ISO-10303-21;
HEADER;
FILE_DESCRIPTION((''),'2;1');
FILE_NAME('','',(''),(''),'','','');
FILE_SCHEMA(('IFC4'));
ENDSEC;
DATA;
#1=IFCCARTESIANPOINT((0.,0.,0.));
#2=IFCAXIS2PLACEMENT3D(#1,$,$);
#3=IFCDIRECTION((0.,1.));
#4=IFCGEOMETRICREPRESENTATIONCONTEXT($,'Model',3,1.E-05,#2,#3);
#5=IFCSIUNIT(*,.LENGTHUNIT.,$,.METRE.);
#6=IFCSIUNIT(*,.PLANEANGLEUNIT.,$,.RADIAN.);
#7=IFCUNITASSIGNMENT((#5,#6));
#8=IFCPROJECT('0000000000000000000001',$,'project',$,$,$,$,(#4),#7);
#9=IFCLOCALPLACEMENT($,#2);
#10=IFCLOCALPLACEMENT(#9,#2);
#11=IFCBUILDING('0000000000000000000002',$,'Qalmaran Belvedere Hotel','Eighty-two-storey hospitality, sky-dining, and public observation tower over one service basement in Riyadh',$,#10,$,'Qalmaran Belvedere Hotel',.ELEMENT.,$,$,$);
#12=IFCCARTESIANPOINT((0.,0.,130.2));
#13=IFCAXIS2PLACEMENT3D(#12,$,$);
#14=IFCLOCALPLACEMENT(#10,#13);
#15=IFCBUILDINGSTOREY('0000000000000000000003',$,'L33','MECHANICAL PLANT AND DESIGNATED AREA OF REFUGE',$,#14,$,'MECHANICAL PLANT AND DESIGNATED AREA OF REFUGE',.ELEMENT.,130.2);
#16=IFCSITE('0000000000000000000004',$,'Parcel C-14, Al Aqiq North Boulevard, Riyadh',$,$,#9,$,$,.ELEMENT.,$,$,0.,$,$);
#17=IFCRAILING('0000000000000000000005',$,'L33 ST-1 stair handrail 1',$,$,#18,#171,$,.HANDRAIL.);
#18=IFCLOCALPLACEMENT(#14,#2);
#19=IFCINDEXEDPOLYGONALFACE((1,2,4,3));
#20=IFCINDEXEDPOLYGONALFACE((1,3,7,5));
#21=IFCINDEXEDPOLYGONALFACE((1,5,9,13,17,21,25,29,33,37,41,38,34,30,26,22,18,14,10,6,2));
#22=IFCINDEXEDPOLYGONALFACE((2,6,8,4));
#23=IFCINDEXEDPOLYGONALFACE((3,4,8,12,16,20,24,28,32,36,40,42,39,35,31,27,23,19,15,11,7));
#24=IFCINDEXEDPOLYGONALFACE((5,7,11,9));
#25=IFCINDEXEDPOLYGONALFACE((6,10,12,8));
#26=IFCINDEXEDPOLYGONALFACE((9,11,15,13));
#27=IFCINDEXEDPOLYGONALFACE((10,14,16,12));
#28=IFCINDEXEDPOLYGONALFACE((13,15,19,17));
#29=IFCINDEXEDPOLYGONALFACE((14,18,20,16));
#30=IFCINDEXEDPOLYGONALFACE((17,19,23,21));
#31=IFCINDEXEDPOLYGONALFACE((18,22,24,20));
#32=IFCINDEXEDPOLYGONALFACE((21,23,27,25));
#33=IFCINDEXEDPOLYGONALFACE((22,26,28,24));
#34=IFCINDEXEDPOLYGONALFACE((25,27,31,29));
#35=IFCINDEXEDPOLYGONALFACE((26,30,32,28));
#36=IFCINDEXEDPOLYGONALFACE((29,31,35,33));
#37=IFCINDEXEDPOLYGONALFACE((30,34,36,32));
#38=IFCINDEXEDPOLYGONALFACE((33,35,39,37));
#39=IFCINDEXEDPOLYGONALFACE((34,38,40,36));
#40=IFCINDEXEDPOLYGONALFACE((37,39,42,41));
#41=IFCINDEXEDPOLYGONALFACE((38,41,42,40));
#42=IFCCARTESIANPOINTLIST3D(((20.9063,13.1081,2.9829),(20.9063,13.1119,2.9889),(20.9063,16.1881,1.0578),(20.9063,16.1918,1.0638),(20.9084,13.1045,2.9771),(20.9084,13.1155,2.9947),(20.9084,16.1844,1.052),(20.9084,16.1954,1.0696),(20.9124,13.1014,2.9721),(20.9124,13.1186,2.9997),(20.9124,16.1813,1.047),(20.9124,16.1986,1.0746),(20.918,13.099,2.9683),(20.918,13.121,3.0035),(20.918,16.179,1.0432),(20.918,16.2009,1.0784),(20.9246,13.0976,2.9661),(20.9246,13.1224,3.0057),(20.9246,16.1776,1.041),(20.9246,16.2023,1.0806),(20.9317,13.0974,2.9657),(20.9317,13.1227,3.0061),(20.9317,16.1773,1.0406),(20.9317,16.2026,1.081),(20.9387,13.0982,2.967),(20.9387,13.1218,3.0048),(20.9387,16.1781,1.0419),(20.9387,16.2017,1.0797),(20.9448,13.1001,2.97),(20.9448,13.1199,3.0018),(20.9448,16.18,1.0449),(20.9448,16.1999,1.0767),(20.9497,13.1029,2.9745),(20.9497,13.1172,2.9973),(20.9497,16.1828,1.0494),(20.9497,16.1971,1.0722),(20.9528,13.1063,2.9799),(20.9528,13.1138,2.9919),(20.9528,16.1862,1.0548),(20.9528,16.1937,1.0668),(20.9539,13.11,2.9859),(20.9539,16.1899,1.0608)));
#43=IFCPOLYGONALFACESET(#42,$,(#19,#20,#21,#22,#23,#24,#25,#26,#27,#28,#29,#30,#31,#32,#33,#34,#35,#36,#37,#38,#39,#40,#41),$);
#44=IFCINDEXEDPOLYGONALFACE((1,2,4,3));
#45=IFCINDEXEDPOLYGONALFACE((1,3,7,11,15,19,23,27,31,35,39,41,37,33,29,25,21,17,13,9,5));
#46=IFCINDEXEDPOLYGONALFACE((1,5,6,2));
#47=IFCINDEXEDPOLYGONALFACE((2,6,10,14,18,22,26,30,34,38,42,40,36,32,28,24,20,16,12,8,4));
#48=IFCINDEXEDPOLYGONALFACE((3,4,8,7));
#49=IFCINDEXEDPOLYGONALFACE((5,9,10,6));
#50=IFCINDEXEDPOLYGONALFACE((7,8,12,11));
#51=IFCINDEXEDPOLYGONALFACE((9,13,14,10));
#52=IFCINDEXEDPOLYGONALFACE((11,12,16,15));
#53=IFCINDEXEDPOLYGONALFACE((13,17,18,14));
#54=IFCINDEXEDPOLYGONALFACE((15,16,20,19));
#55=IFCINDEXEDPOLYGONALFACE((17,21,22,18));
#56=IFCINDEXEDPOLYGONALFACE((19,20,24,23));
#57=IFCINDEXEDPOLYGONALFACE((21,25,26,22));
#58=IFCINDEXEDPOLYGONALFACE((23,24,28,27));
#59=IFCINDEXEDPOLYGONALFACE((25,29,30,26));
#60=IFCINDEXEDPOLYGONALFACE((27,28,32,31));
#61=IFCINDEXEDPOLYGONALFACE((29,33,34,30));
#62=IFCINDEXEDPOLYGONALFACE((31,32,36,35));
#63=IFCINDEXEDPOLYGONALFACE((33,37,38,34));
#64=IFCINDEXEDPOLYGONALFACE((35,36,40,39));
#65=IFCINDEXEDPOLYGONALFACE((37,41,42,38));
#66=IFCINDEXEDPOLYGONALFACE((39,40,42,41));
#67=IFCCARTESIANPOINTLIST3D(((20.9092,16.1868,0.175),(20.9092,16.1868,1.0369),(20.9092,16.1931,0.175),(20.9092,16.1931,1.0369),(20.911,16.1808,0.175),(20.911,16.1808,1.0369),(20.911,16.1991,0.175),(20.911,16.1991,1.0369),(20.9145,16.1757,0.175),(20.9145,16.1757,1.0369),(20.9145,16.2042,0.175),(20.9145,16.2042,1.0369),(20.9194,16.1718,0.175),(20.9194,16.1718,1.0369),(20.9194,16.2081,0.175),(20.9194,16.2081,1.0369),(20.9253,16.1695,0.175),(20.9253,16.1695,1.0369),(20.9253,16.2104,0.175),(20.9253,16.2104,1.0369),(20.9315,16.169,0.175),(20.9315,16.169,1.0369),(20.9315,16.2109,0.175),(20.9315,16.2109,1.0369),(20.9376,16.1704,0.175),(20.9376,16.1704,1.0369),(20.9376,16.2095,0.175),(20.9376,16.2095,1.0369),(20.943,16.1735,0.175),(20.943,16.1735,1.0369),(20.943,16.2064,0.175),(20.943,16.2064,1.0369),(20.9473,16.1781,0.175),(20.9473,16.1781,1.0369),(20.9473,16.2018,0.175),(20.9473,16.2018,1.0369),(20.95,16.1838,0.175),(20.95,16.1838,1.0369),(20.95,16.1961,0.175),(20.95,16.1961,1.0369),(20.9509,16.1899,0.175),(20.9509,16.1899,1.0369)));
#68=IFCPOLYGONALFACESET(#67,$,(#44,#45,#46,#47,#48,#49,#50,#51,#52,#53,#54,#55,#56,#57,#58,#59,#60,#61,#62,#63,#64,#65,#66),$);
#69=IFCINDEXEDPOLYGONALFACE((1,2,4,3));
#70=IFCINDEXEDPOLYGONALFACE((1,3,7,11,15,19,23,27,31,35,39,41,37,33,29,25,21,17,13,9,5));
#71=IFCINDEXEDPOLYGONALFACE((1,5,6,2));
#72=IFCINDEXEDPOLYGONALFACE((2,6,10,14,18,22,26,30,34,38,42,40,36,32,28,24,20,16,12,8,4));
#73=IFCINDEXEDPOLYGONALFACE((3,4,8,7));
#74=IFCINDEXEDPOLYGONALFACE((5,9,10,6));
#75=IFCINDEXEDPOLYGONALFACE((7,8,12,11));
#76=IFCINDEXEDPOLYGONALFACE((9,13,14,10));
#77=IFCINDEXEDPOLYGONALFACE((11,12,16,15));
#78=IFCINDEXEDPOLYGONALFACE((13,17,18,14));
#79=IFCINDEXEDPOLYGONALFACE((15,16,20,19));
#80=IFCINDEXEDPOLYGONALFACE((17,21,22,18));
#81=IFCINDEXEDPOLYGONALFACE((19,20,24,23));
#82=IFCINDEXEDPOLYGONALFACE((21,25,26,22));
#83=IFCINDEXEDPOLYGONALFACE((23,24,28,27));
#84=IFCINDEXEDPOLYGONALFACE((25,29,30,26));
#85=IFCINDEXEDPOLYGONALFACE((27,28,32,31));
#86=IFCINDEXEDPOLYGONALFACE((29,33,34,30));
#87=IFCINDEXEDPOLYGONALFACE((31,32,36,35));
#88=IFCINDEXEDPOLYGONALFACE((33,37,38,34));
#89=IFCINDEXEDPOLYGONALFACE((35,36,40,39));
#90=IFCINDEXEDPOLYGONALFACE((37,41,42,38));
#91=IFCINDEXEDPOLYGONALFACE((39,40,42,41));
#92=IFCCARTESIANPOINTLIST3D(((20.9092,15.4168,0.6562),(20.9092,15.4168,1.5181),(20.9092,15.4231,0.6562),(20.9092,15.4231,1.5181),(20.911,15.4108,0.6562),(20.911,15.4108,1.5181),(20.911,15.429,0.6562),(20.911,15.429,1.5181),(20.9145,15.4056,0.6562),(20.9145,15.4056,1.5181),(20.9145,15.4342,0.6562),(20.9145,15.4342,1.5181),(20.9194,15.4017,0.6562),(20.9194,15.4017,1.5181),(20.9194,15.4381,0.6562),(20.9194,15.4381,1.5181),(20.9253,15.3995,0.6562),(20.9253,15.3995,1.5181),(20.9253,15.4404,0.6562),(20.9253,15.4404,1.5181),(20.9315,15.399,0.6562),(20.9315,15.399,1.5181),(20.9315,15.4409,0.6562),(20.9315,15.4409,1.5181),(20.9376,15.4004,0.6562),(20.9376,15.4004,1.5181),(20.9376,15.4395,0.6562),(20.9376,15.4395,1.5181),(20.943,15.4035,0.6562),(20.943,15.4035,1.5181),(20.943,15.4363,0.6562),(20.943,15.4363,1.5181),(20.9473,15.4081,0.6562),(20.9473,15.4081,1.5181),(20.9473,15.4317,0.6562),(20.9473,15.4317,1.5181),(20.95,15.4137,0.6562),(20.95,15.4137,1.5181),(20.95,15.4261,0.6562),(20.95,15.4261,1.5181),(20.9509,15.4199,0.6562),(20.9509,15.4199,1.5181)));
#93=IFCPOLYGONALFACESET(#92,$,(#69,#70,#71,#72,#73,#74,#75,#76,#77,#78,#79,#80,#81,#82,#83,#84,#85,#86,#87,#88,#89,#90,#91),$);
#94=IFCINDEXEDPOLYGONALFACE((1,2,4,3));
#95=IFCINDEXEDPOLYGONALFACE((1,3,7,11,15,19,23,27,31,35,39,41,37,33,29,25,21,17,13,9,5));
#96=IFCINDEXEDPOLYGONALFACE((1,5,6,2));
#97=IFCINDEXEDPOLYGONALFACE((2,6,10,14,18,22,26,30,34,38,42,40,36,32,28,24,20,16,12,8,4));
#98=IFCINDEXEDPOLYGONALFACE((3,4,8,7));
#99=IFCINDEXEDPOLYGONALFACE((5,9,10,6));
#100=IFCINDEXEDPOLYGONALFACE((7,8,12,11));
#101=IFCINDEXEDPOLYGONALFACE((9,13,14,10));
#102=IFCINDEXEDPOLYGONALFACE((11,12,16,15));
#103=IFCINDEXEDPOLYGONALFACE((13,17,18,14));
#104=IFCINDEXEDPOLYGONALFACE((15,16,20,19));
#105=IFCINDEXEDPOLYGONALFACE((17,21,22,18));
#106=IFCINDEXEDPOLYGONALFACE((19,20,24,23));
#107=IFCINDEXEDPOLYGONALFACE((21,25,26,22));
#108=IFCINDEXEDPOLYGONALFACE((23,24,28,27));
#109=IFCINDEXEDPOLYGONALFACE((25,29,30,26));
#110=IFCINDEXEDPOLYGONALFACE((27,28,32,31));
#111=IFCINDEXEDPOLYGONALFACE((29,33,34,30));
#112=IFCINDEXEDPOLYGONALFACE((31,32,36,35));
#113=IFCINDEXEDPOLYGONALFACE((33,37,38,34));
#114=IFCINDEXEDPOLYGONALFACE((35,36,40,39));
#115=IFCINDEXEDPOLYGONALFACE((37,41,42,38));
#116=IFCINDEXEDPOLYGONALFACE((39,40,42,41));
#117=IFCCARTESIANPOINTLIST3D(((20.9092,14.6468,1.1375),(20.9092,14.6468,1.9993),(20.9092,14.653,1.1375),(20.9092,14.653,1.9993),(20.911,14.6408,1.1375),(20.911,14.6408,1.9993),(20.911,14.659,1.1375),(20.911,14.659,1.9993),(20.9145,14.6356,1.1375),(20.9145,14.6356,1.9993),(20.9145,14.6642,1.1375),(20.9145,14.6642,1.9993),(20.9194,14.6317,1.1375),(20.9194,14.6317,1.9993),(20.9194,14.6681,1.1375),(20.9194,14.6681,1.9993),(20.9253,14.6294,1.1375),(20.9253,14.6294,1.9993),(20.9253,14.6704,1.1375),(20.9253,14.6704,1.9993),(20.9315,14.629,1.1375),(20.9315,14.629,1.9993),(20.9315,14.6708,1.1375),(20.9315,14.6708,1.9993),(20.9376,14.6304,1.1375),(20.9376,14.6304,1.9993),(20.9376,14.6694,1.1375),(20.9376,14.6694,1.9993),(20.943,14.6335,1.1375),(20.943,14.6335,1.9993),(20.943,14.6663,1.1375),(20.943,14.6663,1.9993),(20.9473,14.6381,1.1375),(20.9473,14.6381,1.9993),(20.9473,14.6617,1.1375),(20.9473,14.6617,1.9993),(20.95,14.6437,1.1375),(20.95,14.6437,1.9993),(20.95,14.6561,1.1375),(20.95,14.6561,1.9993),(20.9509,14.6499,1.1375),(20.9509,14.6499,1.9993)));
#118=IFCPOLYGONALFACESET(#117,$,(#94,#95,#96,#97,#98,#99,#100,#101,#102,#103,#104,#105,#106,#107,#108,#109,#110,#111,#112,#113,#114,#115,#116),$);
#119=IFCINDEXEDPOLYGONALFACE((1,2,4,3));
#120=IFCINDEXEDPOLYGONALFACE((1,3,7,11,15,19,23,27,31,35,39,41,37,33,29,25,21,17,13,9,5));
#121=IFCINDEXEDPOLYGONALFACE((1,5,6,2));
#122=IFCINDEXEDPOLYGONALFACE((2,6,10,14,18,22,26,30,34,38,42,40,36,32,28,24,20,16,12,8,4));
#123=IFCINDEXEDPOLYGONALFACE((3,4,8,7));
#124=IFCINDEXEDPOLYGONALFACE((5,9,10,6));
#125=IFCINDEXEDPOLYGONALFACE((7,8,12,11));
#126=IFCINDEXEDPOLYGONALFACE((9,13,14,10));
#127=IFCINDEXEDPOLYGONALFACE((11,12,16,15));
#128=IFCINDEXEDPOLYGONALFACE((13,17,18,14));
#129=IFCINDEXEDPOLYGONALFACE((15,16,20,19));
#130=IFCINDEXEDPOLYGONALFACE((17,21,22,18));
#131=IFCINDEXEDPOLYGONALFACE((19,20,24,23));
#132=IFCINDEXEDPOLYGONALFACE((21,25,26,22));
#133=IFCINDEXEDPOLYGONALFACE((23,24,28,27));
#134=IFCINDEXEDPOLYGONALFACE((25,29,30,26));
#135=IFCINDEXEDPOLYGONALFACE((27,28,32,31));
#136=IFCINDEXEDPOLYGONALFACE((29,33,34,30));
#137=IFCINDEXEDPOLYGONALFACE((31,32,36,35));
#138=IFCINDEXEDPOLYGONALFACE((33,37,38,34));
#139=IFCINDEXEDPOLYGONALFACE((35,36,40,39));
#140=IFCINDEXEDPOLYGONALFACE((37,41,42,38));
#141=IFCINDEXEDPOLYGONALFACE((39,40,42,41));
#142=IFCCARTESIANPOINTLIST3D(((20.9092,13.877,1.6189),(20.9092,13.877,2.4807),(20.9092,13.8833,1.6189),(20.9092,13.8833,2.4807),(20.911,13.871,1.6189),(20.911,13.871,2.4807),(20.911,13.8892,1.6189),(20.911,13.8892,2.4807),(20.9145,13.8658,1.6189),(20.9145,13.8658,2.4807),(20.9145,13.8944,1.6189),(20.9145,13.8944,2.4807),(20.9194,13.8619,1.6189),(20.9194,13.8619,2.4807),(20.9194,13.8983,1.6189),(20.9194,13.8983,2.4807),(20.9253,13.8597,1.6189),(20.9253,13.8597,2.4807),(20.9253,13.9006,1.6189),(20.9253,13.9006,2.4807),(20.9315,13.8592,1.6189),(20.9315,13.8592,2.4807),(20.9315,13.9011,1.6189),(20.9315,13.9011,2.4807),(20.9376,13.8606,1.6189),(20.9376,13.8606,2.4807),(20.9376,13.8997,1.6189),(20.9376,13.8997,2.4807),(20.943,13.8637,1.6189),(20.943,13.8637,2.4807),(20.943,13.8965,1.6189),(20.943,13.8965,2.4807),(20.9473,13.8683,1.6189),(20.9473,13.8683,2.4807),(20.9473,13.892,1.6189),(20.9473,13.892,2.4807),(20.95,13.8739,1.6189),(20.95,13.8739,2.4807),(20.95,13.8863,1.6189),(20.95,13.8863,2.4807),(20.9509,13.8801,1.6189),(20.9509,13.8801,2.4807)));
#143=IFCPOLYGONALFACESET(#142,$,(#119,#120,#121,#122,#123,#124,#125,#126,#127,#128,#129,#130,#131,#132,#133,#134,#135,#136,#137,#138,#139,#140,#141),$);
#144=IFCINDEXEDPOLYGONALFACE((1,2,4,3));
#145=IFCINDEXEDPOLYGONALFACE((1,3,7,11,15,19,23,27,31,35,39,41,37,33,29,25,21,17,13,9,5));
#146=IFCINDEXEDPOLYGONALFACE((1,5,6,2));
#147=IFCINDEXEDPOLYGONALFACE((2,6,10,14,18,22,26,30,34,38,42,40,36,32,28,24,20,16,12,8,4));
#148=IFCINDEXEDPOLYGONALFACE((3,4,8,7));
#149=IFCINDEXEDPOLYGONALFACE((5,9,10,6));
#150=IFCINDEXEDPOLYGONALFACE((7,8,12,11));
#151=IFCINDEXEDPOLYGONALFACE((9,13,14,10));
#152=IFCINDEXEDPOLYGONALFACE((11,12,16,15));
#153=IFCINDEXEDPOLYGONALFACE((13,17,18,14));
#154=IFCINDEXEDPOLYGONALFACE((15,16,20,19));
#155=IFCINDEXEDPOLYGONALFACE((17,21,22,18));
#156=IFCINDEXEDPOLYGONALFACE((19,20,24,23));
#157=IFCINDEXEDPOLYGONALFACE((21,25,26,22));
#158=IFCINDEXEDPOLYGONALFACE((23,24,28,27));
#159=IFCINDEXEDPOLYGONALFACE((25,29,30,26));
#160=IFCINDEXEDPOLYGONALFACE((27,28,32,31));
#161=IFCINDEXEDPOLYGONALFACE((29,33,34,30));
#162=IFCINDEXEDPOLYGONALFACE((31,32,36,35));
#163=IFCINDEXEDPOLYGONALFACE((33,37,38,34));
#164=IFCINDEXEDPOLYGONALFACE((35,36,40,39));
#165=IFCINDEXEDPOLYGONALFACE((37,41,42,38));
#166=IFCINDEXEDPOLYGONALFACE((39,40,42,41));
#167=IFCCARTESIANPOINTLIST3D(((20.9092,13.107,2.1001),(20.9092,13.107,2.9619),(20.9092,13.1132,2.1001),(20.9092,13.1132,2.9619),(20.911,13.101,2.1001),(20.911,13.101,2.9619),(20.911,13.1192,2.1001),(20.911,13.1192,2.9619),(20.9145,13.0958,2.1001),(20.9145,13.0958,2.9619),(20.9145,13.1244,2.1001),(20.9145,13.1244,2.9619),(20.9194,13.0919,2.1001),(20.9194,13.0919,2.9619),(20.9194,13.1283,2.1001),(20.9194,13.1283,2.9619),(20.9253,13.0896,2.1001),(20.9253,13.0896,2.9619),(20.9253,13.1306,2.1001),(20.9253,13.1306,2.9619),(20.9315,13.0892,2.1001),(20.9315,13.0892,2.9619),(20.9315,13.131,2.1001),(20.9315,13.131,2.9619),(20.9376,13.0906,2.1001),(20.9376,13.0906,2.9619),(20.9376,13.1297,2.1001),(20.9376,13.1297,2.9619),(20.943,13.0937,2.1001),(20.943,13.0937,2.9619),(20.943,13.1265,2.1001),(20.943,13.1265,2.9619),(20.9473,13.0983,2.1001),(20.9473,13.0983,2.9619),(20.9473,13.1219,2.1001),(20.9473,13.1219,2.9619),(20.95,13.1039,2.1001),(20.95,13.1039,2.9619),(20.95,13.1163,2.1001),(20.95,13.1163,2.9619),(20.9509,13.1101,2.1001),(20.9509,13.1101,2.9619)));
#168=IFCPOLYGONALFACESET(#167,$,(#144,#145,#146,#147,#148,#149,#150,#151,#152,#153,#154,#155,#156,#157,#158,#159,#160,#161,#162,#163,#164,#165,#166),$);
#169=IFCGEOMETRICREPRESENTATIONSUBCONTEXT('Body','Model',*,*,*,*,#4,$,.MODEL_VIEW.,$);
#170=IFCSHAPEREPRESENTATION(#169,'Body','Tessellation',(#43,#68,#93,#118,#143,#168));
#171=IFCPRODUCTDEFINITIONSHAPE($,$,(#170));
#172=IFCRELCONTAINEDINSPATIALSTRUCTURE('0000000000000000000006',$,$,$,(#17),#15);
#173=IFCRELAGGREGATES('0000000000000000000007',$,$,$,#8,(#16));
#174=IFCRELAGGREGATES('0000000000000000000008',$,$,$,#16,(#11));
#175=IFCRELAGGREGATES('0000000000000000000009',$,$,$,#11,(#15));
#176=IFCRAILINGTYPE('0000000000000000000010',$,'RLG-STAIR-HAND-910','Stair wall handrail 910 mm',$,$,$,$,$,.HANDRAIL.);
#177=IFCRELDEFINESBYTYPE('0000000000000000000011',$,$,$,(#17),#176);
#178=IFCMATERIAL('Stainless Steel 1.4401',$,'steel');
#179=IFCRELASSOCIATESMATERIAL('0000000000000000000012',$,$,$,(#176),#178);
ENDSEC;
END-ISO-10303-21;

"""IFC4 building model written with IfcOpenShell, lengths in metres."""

from ifc_helpers import new_model, si_unit, direction, frame, origin, origin_2d, place, context, subcontext, project, spatial, circle, extrude, material, type_object, element, save


model = new_model("IFC4")

# Units and contexts
model_context = context("Model", 3, precision=1e-05, world=origin(), true_north=direction((0.0, 1.0)))
body_context = subcontext(model_context, "Body", "Model", "MODEL_VIEW")
ifc_project = project(units=[si_unit("LENGTHUNIT", "METRE"), si_unit("PLANEANGLEUNIT", "RADIAN")], contexts=[model_context])

# Site, building, storey
site_placement = place(None, origin())
site = spatial("IfcSite", under=ifc_project, at=site_placement, Name="Parcel C-14, Al Aqiq North Boulevard, Riyadh", CompositionType="ELEMENT", RefElevation=0.0)
building_placement = place(site_placement, origin())
building = spatial("IfcBuilding", under=site, at=building_placement, Name="Qalmaran Belvedere Hotel", Description="Eighty-two-storey hospitality, sky-dining, and public observation tower over one service basement in Riyadh", LongName="Qalmaran Belvedere Hotel", CompositionType="ELEMENT")
storey_placement = place(building_placement, frame((0.0, 0.0, 130.2)))
storey = spatial("IfcBuildingStorey", under=building, at=storey_placement, Name="L33", Description="MECHANICAL PLANT AND DESIGNATED AREA OF REFUGE", LongName="MECHANICAL PLANT AND DESIGNATED AREA OF REFUGE", CompositionType="ELEMENT", Elevation=130.2)

# Railing
ifc_material_1 = material(Name="Stainless Steel 1.4401", Category="steel")
railing_type_1 = type_object("IfcRailingType", Name="RLG-STAIR-HAND-910", Description="Stair wall handrail 910 mm", PredefinedType="HANDRAIL", material=ifc_material_1)
railing_1_placement = place(storey_placement, frame((20.9299, 16.1899, 0.175)))
element("IfcRailing", 1, at=railing_1_placement, inside=storey, type_object=railing_type_1, Name="L33 ST-1 stair handrail 1", PredefinedType="HANDRAIL", context=body_context, shape_type="SweptSolid", body=[
    extrude(circle(Radius=0.0239, at=origin_2d()), frame((0.0, 0.0, 0.8857), z_axis=(0.0, -0.847979, 0.530029), x_axis=(1.0, 0.0, 0.0)), (0.0, 0.0, 1.0), 3.6321),
    extrude(circle(Radius=0.021, at=origin_2d()), origin(), (0.0, 0.0, 1.0), 0.8618),
    extrude(circle(Radius=0.021, at=origin_2d()), frame((0.0, -0.77, 0.4812)), (0.0, 0.0, 1.0), 0.8618),
    extrude(circle(Radius=0.021, at=origin_2d()), frame((0.0, -1.54, 0.9624)), (0.0, 0.0, 1.0), 0.8618),
    extrude(circle(Radius=0.021, at=origin_2d()), frame((0.0, -2.3098, 1.4438)), (0.0, 0.0, 1.0), 0.8618),
    extrude(circle(Radius=0.021, at=origin_2d()), frame((0.0, -3.0798, 1.925)), (0.0, 0.0, 1.0), 0.8618),
])

save(model, "model.ifc")
